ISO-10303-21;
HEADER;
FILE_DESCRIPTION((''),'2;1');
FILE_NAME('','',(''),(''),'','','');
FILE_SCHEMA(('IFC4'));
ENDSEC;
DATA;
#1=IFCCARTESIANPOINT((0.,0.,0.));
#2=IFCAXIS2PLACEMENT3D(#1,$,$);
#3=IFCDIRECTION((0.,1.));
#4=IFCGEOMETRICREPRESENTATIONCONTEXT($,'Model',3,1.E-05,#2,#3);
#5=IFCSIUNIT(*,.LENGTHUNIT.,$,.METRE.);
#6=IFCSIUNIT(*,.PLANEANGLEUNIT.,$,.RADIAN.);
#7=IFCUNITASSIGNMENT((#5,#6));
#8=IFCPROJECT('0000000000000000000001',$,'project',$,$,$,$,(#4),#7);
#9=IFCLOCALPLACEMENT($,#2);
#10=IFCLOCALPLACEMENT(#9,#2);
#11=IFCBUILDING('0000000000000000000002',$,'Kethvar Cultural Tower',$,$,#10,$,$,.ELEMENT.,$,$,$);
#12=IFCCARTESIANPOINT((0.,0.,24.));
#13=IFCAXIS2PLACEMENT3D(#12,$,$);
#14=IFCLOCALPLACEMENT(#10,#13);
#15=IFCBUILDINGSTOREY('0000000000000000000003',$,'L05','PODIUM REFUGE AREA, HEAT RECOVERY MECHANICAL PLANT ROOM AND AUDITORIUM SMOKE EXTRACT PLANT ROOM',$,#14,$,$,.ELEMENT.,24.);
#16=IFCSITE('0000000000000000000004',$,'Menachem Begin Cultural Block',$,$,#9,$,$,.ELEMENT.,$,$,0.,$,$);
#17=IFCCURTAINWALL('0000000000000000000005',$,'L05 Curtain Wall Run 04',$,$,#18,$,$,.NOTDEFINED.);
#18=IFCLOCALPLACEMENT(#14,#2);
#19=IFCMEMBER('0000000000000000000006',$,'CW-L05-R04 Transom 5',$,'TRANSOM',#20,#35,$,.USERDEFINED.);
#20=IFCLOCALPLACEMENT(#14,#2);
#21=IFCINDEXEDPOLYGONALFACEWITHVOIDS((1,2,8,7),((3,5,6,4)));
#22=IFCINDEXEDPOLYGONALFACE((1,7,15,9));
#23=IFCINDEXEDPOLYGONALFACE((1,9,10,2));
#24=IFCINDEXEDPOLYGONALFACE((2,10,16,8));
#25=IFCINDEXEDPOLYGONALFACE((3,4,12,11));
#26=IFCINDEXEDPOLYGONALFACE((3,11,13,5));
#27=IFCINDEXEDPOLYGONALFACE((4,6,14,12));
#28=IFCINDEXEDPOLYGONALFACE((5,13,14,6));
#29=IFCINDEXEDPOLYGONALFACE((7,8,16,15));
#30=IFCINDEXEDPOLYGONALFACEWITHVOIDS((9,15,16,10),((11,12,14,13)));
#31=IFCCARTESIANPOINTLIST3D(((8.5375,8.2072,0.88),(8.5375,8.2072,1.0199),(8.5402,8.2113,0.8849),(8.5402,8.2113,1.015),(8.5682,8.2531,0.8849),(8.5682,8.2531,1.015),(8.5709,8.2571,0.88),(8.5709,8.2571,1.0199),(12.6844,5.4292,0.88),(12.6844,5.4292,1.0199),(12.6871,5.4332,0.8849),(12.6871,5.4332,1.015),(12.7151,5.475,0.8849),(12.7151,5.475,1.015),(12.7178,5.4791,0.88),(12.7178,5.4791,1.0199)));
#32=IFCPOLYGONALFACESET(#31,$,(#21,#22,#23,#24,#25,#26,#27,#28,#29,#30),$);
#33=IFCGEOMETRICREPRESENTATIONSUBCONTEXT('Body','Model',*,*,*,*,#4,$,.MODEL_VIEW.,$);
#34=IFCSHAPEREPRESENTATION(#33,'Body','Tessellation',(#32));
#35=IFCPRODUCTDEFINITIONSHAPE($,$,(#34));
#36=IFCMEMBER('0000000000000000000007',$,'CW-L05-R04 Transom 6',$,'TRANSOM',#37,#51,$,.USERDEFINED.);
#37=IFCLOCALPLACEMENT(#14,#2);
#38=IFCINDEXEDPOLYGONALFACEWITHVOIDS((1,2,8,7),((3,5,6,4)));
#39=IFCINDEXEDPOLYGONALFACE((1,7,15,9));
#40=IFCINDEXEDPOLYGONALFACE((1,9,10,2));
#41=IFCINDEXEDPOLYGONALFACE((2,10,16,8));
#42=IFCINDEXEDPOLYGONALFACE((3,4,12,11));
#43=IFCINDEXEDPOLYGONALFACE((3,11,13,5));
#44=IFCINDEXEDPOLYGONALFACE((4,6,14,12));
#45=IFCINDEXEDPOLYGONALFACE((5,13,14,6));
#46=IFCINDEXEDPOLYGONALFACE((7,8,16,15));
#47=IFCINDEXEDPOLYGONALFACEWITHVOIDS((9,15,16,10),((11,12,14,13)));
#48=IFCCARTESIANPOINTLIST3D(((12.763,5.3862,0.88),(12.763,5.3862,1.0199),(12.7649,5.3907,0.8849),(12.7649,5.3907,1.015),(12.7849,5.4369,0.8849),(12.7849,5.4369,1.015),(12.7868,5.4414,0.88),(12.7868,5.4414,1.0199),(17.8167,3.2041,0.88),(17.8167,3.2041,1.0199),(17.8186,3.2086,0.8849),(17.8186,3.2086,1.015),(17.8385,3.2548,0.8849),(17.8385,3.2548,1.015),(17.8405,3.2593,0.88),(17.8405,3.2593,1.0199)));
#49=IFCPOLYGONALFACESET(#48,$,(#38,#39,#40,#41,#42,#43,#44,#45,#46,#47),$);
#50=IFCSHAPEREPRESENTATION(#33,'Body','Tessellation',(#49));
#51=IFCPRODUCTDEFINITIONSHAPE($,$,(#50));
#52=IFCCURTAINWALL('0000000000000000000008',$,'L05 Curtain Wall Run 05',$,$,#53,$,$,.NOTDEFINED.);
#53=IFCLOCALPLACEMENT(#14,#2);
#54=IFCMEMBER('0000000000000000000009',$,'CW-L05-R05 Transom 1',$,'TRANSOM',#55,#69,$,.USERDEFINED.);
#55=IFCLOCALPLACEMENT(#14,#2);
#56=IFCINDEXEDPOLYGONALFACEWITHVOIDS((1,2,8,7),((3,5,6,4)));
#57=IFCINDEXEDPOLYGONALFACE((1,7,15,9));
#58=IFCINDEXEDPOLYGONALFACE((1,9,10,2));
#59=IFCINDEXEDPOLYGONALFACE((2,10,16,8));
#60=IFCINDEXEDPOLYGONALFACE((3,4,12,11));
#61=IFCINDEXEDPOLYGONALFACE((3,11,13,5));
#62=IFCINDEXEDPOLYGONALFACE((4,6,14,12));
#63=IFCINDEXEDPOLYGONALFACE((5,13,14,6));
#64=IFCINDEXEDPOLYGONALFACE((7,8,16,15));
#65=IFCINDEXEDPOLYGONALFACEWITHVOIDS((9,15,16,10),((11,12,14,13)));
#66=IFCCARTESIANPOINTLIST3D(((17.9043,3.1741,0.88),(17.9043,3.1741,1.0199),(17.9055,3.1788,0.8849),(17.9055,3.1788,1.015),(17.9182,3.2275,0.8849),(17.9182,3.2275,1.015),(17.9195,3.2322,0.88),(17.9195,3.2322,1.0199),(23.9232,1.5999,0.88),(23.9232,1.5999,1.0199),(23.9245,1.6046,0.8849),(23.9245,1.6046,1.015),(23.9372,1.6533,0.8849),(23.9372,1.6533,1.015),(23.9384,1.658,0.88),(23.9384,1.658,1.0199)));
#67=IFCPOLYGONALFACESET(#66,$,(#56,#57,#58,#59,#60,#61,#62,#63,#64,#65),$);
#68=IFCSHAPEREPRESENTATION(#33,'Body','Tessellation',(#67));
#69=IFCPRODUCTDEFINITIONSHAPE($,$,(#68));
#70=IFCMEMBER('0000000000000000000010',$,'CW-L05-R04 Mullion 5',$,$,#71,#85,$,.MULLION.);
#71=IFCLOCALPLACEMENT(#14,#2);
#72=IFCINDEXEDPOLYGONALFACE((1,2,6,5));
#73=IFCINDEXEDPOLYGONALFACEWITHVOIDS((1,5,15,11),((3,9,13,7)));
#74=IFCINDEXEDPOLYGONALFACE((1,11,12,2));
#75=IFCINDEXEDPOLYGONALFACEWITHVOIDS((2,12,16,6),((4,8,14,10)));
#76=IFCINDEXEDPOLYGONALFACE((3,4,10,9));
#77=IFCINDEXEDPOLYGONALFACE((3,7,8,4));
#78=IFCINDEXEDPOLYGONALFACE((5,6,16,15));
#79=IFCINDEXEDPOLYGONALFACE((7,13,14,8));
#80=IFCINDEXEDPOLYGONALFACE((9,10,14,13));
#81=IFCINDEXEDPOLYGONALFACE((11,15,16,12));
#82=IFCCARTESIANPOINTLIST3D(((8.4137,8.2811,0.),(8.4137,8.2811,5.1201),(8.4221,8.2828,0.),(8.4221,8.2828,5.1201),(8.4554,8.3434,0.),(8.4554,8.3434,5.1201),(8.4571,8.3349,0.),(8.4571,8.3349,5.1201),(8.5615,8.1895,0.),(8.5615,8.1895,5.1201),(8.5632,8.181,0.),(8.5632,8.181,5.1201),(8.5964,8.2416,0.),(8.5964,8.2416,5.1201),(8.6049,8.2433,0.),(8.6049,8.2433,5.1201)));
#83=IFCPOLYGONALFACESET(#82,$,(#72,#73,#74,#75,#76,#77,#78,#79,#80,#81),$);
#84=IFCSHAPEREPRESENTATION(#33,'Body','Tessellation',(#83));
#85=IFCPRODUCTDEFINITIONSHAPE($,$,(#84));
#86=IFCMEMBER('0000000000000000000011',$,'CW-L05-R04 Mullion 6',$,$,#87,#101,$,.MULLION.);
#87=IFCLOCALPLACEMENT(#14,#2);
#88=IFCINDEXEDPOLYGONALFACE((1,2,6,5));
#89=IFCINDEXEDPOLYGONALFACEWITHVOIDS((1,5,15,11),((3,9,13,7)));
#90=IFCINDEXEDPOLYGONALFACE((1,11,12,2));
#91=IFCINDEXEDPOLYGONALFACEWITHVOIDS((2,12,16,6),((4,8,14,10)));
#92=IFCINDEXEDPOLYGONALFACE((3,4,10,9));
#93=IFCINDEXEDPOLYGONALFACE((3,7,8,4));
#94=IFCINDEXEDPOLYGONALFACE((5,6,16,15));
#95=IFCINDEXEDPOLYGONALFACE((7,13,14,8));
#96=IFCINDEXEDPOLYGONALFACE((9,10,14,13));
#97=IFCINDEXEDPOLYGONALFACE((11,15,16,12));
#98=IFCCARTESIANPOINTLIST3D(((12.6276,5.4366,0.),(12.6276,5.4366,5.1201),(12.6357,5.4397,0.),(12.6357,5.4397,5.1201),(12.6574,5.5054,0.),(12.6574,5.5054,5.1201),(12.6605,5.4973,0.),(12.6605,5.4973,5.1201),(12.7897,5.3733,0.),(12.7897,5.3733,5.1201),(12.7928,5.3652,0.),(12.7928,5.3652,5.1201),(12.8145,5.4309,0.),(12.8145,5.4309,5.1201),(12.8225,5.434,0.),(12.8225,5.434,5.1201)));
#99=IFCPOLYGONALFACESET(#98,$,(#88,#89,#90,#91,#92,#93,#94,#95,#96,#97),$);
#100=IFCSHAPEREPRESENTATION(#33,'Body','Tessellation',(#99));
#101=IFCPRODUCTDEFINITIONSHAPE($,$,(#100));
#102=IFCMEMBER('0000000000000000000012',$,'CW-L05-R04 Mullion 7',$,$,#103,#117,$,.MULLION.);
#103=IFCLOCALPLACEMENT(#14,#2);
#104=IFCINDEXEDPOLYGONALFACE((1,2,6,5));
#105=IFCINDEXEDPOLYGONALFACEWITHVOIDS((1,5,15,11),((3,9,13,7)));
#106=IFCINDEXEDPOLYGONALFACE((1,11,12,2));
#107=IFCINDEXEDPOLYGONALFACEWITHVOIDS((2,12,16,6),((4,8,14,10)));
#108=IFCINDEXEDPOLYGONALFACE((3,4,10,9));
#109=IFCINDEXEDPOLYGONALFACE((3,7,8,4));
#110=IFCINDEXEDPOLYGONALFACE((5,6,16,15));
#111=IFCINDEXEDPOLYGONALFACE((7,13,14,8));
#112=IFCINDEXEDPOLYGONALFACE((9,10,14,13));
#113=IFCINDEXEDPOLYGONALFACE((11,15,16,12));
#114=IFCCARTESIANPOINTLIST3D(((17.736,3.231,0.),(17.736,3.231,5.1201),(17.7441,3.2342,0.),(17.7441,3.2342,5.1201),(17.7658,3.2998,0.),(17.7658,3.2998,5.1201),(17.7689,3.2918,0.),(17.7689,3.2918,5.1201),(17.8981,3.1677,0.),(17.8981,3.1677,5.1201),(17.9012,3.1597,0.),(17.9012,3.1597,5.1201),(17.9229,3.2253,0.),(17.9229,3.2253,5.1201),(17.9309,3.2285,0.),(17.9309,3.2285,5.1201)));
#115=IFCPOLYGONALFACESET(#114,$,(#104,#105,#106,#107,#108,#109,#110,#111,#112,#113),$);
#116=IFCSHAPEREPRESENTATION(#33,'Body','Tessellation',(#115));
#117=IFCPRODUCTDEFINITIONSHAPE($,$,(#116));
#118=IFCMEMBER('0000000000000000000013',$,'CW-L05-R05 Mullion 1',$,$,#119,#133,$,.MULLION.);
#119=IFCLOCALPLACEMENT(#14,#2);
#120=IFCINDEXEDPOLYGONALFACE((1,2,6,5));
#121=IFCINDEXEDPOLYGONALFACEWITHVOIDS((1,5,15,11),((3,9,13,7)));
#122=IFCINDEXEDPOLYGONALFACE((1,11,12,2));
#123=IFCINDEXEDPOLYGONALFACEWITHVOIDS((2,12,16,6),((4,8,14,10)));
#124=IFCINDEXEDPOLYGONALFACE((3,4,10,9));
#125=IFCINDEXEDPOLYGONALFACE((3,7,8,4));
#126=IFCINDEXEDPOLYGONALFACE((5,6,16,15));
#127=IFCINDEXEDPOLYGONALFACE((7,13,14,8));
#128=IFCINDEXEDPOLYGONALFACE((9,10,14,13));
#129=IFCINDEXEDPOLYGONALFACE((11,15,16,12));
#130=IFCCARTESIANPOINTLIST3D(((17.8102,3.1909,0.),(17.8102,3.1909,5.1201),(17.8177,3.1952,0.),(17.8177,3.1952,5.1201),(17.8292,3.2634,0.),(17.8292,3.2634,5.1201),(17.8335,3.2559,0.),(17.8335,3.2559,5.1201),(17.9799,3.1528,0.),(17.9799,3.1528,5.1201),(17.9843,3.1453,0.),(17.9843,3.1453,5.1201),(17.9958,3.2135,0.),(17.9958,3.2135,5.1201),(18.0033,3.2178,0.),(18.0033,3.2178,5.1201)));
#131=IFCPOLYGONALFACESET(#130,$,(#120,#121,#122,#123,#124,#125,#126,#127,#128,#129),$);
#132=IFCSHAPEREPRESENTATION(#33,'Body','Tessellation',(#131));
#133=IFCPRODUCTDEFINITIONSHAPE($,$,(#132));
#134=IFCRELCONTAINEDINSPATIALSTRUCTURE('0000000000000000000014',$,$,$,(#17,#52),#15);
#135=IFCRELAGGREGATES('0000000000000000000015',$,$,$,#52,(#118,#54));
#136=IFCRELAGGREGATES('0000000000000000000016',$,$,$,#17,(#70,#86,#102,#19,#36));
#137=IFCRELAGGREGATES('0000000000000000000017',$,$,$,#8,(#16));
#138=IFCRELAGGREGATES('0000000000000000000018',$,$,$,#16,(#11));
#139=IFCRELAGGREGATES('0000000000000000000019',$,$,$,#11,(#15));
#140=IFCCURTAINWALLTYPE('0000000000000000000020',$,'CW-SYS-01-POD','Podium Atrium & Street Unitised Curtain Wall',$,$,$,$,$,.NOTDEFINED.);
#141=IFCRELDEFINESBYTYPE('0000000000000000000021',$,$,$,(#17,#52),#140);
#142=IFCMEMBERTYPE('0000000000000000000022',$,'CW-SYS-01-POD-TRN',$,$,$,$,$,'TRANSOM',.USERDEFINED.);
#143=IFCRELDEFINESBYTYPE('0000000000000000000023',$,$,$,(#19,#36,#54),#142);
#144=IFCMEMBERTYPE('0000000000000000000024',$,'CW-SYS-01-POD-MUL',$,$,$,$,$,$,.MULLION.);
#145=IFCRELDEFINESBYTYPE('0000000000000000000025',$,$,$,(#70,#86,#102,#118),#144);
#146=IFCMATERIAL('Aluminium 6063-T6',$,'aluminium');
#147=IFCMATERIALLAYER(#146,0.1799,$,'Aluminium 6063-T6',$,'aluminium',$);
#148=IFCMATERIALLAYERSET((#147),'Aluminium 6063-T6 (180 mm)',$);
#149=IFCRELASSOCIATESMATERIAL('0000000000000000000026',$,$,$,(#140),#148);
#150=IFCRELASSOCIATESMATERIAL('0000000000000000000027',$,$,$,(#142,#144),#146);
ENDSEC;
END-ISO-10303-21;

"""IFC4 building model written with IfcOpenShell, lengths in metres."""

from ifc_helpers import new_model, si_unit, direction, frame, origin, origin_2d, place, context, subcontext, project, spatial, hollow_rectangle, extrude, source, transform, mapped, material, layer, layer_set, material_profile, profile_set, type_object, element, aggregate, save


model = new_model("IFC4")

# Units and contexts
model_context = context("Model", 3, precision=1e-05, world=origin(), true_north=direction((0.0, 1.0)))
body_context = subcontext(model_context, "Body", "Model", "MODEL_VIEW")
ifc_project = project(units=[si_unit("LENGTHUNIT", "METRE"), si_unit("PLANEANGLEUNIT", "RADIAN")], contexts=[model_context])

# Site, building, storey
site_placement = place(None, origin())
site = spatial("IfcSite", under=ifc_project, at=site_placement, Name="Menachem Begin Cultural Block", CompositionType="ELEMENT", RefElevation=0.0)
building_placement = place(site_placement, origin())
building = spatial("IfcBuilding", under=site, at=building_placement, Name="Kethvar Cultural Tower", CompositionType="ELEMENT")
storey_placement = place(building_placement, frame((0.0, 0.0, 24.0)))
storey = spatial("IfcBuildingStorey", under=building, at=storey_placement, Name="L05", Description="PODIUM REFUGE AREA, HEAT RECOVERY MECHANICAL PLANT ROOM AND AUDITORIUM SMOKE EXTRACT PLANT ROOM", CompositionType="ELEMENT", Elevation=24.0)

# Curtain wall, members
ifc_material_1 = material(Name="Aluminium 6063-T6", Category="aluminium")
ifc_layer_1 = layer(ifc_material_1, 0.1799, Name="Aluminium 6063-T6", Category="aluminium")
ifc_layer_set_1 = layer_set([ifc_layer_1], Name="Aluminium 6063-T6 (180 mm)")
curtain_wall_type = type_object("IfcCurtainWallType", Name="CW-SYS-01-POD", Description="Podium Atrium & Street Unitised Curtain Wall", PredefinedType="NOTDEFINED", material=ifc_layer_set_1)
curtain_wall_1_placement = place(storey_placement, origin())
curtain_wall_1 = element("IfcCurtainWall", 1, at=curtain_wall_1_placement, inside=storey, type_object=curtain_wall_type, Name="L05 Curtain Wall Run 04", PredefinedType="NOTDEFINED")
ifc_material_profile_1 = material_profile(ifc_material_1, hollow_rectangle(XDim=0.0601, YDim=0.1399, WallThickness=0.0049, at=origin_2d()), Name="Aluminium 6063-T6 — RHS140x60x5")
ifc_profile_set_1 = profile_set([ifc_material_profile_1], Name="Aluminium 6063-T6 — RHS140x60x5")
member_type_1 = type_object("IfcMemberType", Name="CW-SYS-01-POD-TRN", ElementType="TRANSOM", PredefinedType="USERDEFINED", material=ifc_profile_set_1)
shared_shape_1 = source(origin(), body_context, "Body", "SweptSolid", [
    extrude(hollow_rectangle(XDim=0.0601, YDim=0.1399, WallThickness=0.0049, at=origin_2d()), origin(), (0.0, 0.0, 1.0), 4.9915),
])
member_1_placement = place(storey_placement, frame((8.5542, 8.2322, 0.95), z_axis=(0.830807, -0.556561, 0.0), x_axis=(0.556561, 0.830807, 0.0)))
member_1 = element("IfcMember", 2, at=member_1_placement, type_object=member_type_1, Name="CW-L05-R04 Transom 5", ObjectType="TRANSOM", PredefinedType="USERDEFINED", context=body_context, shape_type="MappedRepresentation", body=[
    mapped(shared_shape_1, transform((0.0, 0.0, 0.0), scale=1.0)),
])
shared_shape_2 = source(origin(), body_context, "Body", "SweptSolid", [
    extrude(hollow_rectangle(XDim=0.0601, YDim=0.1399, WallThickness=0.0049, at=origin_2d()), origin(), (0.0, 0.0, 1.0), 5.5046),
])
member_2_placement = place(storey_placement, frame((12.7749, 5.4138, 0.95), z_axis=(0.918073, -0.396412, 0.0), x_axis=(0.396412, 0.918073, 0.0)))
member_2 = element("IfcMember", 3, at=member_2_placement, type_object=member_type_1, Name="CW-L05-R04 Transom 6", ObjectType="TRANSOM", PredefinedType="USERDEFINED", context=body_context, shape_type="MappedRepresentation", body=[
    mapped(shared_shape_2, transform((0.0, 0.0, 0.0), scale=1.0)),
])

# Curtain wall, member
curtain_wall_2_placement = place(storey_placement, origin())
curtain_wall_2 = element("IfcCurtainWall", 4, at=curtain_wall_2_placement, inside=storey, type_object=curtain_wall_type, Name="L05 Curtain Wall Run 05", PredefinedType="NOTDEFINED")
shared_shape_3 = source(origin(), body_context, "Body", "SweptSolid", [
    extrude(hollow_rectangle(XDim=0.0601, YDim=0.1399, WallThickness=0.0049, at=origin_2d()), origin(), (0.0, 0.0, 1.0), 6.2214),
])
member_3_placement = place(storey_placement, frame((17.9119, 3.2031, 0.95), z_axis=(0.967459, -0.253029, 0.0), x_axis=(0.253029, 0.967459, 0.0)))
member_3 = element("IfcMember", 5, at=member_3_placement, type_object=member_type_1, Name="CW-L05-R05 Transom 1", ObjectType="TRANSOM", PredefinedType="USERDEFINED", context=body_context, shape_type="MappedRepresentation", body=[
    mapped(shared_shape_3, transform((0.0, 0.0, 0.0), scale=1.0)),
])

# Members
ifc_material_profile_2 = material_profile(ifc_material_1, hollow_rectangle(XDim=0.075, YDim=0.1799, WallThickness=0.0061, at=origin_2d()), Name="Aluminium 6063-T6 — RHS180x75x6")
ifc_profile_set_2 = profile_set([ifc_material_profile_2], Name="Aluminium 6063-T6 — RHS180x75x6")
member_type_2 = type_object("IfcMemberType", Name="CW-SYS-01-POD-MUL", PredefinedType="MULLION", material=ifc_profile_set_2)
shared_shape_4 = source(origin(), body_context, "Body", "SweptSolid", [
    extrude(hollow_rectangle(XDim=0.075, YDim=0.1799, WallThickness=0.0061, at=origin_2d()), origin(), (0.0, 0.0, 1.0), 5.1201),
])
member_4_placement = place(storey_placement, frame((8.5093, 8.2622, 0.0), z_axis=(0.0, 0.0, 1.0), x_axis=(0.556557, 0.83081, 0.0)))
member_4 = element("IfcMember", 6, at=member_4_placement, type_object=member_type_2, Name="CW-L05-R04 Mullion 5", PredefinedType="MULLION", context=body_context, shape_type="MappedRepresentation", body=[
    mapped(shared_shape_4, transform((0.0, 0.0, 0.0), scale=1.0)),
])
member_5_placement = place(storey_placement, frame((12.7251, 5.4353, 0.0), z_axis=(0.0, 0.0, 1.0), x_axis=(0.396411, 0.918073, 0.0)))
member_5 = element("IfcMember", 7, at=member_5_placement, type_object=member_type_2, Name="CW-L05-R04 Mullion 6", PredefinedType="MULLION", context=body_context, shape_type="MappedRepresentation", body=[
    mapped(shared_shape_4, transform((0.0, 0.0, 0.0), scale=1.0)),
])
member_6_placement = place(storey_placement, frame((17.8335, 3.2297, 0.0), z_axis=(0.0, 0.0, 1.0), x_axis=(0.396411, 0.918073, 0.0)))
member_6 = element("IfcMember", 8, at=member_6_placement, type_object=member_type_2, Name="CW-L05-R04 Mullion 7", PredefinedType="MULLION", context=body_context, shape_type="MappedRepresentation", body=[
    mapped(shared_shape_4, transform((0.0, 0.0, 0.0), scale=1.0)),
])
member_7_placement = place(storey_placement, frame((17.9067, 3.2043, 0.0), z_axis=(0.0, 0.0, 1.0), x_axis=(0.253032, 0.967458, 0.0)))
member_7 = element("IfcMember", 9, at=member_7_placement, type_object=member_type_2, Name="CW-L05-R05 Mullion 1", PredefinedType="MULLION", context=body_context, shape_type="MappedRepresentation", body=[
    mapped(shared_shape_4, transform((0.0, 0.0, 0.0), scale=1.0)),
])
aggregate(curtain_wall_2, [member_7, member_3])

aggregate(curtain_wall_1, [member_4, member_5, member_6, member_1, member_2])

save(model, "model.ifc")
